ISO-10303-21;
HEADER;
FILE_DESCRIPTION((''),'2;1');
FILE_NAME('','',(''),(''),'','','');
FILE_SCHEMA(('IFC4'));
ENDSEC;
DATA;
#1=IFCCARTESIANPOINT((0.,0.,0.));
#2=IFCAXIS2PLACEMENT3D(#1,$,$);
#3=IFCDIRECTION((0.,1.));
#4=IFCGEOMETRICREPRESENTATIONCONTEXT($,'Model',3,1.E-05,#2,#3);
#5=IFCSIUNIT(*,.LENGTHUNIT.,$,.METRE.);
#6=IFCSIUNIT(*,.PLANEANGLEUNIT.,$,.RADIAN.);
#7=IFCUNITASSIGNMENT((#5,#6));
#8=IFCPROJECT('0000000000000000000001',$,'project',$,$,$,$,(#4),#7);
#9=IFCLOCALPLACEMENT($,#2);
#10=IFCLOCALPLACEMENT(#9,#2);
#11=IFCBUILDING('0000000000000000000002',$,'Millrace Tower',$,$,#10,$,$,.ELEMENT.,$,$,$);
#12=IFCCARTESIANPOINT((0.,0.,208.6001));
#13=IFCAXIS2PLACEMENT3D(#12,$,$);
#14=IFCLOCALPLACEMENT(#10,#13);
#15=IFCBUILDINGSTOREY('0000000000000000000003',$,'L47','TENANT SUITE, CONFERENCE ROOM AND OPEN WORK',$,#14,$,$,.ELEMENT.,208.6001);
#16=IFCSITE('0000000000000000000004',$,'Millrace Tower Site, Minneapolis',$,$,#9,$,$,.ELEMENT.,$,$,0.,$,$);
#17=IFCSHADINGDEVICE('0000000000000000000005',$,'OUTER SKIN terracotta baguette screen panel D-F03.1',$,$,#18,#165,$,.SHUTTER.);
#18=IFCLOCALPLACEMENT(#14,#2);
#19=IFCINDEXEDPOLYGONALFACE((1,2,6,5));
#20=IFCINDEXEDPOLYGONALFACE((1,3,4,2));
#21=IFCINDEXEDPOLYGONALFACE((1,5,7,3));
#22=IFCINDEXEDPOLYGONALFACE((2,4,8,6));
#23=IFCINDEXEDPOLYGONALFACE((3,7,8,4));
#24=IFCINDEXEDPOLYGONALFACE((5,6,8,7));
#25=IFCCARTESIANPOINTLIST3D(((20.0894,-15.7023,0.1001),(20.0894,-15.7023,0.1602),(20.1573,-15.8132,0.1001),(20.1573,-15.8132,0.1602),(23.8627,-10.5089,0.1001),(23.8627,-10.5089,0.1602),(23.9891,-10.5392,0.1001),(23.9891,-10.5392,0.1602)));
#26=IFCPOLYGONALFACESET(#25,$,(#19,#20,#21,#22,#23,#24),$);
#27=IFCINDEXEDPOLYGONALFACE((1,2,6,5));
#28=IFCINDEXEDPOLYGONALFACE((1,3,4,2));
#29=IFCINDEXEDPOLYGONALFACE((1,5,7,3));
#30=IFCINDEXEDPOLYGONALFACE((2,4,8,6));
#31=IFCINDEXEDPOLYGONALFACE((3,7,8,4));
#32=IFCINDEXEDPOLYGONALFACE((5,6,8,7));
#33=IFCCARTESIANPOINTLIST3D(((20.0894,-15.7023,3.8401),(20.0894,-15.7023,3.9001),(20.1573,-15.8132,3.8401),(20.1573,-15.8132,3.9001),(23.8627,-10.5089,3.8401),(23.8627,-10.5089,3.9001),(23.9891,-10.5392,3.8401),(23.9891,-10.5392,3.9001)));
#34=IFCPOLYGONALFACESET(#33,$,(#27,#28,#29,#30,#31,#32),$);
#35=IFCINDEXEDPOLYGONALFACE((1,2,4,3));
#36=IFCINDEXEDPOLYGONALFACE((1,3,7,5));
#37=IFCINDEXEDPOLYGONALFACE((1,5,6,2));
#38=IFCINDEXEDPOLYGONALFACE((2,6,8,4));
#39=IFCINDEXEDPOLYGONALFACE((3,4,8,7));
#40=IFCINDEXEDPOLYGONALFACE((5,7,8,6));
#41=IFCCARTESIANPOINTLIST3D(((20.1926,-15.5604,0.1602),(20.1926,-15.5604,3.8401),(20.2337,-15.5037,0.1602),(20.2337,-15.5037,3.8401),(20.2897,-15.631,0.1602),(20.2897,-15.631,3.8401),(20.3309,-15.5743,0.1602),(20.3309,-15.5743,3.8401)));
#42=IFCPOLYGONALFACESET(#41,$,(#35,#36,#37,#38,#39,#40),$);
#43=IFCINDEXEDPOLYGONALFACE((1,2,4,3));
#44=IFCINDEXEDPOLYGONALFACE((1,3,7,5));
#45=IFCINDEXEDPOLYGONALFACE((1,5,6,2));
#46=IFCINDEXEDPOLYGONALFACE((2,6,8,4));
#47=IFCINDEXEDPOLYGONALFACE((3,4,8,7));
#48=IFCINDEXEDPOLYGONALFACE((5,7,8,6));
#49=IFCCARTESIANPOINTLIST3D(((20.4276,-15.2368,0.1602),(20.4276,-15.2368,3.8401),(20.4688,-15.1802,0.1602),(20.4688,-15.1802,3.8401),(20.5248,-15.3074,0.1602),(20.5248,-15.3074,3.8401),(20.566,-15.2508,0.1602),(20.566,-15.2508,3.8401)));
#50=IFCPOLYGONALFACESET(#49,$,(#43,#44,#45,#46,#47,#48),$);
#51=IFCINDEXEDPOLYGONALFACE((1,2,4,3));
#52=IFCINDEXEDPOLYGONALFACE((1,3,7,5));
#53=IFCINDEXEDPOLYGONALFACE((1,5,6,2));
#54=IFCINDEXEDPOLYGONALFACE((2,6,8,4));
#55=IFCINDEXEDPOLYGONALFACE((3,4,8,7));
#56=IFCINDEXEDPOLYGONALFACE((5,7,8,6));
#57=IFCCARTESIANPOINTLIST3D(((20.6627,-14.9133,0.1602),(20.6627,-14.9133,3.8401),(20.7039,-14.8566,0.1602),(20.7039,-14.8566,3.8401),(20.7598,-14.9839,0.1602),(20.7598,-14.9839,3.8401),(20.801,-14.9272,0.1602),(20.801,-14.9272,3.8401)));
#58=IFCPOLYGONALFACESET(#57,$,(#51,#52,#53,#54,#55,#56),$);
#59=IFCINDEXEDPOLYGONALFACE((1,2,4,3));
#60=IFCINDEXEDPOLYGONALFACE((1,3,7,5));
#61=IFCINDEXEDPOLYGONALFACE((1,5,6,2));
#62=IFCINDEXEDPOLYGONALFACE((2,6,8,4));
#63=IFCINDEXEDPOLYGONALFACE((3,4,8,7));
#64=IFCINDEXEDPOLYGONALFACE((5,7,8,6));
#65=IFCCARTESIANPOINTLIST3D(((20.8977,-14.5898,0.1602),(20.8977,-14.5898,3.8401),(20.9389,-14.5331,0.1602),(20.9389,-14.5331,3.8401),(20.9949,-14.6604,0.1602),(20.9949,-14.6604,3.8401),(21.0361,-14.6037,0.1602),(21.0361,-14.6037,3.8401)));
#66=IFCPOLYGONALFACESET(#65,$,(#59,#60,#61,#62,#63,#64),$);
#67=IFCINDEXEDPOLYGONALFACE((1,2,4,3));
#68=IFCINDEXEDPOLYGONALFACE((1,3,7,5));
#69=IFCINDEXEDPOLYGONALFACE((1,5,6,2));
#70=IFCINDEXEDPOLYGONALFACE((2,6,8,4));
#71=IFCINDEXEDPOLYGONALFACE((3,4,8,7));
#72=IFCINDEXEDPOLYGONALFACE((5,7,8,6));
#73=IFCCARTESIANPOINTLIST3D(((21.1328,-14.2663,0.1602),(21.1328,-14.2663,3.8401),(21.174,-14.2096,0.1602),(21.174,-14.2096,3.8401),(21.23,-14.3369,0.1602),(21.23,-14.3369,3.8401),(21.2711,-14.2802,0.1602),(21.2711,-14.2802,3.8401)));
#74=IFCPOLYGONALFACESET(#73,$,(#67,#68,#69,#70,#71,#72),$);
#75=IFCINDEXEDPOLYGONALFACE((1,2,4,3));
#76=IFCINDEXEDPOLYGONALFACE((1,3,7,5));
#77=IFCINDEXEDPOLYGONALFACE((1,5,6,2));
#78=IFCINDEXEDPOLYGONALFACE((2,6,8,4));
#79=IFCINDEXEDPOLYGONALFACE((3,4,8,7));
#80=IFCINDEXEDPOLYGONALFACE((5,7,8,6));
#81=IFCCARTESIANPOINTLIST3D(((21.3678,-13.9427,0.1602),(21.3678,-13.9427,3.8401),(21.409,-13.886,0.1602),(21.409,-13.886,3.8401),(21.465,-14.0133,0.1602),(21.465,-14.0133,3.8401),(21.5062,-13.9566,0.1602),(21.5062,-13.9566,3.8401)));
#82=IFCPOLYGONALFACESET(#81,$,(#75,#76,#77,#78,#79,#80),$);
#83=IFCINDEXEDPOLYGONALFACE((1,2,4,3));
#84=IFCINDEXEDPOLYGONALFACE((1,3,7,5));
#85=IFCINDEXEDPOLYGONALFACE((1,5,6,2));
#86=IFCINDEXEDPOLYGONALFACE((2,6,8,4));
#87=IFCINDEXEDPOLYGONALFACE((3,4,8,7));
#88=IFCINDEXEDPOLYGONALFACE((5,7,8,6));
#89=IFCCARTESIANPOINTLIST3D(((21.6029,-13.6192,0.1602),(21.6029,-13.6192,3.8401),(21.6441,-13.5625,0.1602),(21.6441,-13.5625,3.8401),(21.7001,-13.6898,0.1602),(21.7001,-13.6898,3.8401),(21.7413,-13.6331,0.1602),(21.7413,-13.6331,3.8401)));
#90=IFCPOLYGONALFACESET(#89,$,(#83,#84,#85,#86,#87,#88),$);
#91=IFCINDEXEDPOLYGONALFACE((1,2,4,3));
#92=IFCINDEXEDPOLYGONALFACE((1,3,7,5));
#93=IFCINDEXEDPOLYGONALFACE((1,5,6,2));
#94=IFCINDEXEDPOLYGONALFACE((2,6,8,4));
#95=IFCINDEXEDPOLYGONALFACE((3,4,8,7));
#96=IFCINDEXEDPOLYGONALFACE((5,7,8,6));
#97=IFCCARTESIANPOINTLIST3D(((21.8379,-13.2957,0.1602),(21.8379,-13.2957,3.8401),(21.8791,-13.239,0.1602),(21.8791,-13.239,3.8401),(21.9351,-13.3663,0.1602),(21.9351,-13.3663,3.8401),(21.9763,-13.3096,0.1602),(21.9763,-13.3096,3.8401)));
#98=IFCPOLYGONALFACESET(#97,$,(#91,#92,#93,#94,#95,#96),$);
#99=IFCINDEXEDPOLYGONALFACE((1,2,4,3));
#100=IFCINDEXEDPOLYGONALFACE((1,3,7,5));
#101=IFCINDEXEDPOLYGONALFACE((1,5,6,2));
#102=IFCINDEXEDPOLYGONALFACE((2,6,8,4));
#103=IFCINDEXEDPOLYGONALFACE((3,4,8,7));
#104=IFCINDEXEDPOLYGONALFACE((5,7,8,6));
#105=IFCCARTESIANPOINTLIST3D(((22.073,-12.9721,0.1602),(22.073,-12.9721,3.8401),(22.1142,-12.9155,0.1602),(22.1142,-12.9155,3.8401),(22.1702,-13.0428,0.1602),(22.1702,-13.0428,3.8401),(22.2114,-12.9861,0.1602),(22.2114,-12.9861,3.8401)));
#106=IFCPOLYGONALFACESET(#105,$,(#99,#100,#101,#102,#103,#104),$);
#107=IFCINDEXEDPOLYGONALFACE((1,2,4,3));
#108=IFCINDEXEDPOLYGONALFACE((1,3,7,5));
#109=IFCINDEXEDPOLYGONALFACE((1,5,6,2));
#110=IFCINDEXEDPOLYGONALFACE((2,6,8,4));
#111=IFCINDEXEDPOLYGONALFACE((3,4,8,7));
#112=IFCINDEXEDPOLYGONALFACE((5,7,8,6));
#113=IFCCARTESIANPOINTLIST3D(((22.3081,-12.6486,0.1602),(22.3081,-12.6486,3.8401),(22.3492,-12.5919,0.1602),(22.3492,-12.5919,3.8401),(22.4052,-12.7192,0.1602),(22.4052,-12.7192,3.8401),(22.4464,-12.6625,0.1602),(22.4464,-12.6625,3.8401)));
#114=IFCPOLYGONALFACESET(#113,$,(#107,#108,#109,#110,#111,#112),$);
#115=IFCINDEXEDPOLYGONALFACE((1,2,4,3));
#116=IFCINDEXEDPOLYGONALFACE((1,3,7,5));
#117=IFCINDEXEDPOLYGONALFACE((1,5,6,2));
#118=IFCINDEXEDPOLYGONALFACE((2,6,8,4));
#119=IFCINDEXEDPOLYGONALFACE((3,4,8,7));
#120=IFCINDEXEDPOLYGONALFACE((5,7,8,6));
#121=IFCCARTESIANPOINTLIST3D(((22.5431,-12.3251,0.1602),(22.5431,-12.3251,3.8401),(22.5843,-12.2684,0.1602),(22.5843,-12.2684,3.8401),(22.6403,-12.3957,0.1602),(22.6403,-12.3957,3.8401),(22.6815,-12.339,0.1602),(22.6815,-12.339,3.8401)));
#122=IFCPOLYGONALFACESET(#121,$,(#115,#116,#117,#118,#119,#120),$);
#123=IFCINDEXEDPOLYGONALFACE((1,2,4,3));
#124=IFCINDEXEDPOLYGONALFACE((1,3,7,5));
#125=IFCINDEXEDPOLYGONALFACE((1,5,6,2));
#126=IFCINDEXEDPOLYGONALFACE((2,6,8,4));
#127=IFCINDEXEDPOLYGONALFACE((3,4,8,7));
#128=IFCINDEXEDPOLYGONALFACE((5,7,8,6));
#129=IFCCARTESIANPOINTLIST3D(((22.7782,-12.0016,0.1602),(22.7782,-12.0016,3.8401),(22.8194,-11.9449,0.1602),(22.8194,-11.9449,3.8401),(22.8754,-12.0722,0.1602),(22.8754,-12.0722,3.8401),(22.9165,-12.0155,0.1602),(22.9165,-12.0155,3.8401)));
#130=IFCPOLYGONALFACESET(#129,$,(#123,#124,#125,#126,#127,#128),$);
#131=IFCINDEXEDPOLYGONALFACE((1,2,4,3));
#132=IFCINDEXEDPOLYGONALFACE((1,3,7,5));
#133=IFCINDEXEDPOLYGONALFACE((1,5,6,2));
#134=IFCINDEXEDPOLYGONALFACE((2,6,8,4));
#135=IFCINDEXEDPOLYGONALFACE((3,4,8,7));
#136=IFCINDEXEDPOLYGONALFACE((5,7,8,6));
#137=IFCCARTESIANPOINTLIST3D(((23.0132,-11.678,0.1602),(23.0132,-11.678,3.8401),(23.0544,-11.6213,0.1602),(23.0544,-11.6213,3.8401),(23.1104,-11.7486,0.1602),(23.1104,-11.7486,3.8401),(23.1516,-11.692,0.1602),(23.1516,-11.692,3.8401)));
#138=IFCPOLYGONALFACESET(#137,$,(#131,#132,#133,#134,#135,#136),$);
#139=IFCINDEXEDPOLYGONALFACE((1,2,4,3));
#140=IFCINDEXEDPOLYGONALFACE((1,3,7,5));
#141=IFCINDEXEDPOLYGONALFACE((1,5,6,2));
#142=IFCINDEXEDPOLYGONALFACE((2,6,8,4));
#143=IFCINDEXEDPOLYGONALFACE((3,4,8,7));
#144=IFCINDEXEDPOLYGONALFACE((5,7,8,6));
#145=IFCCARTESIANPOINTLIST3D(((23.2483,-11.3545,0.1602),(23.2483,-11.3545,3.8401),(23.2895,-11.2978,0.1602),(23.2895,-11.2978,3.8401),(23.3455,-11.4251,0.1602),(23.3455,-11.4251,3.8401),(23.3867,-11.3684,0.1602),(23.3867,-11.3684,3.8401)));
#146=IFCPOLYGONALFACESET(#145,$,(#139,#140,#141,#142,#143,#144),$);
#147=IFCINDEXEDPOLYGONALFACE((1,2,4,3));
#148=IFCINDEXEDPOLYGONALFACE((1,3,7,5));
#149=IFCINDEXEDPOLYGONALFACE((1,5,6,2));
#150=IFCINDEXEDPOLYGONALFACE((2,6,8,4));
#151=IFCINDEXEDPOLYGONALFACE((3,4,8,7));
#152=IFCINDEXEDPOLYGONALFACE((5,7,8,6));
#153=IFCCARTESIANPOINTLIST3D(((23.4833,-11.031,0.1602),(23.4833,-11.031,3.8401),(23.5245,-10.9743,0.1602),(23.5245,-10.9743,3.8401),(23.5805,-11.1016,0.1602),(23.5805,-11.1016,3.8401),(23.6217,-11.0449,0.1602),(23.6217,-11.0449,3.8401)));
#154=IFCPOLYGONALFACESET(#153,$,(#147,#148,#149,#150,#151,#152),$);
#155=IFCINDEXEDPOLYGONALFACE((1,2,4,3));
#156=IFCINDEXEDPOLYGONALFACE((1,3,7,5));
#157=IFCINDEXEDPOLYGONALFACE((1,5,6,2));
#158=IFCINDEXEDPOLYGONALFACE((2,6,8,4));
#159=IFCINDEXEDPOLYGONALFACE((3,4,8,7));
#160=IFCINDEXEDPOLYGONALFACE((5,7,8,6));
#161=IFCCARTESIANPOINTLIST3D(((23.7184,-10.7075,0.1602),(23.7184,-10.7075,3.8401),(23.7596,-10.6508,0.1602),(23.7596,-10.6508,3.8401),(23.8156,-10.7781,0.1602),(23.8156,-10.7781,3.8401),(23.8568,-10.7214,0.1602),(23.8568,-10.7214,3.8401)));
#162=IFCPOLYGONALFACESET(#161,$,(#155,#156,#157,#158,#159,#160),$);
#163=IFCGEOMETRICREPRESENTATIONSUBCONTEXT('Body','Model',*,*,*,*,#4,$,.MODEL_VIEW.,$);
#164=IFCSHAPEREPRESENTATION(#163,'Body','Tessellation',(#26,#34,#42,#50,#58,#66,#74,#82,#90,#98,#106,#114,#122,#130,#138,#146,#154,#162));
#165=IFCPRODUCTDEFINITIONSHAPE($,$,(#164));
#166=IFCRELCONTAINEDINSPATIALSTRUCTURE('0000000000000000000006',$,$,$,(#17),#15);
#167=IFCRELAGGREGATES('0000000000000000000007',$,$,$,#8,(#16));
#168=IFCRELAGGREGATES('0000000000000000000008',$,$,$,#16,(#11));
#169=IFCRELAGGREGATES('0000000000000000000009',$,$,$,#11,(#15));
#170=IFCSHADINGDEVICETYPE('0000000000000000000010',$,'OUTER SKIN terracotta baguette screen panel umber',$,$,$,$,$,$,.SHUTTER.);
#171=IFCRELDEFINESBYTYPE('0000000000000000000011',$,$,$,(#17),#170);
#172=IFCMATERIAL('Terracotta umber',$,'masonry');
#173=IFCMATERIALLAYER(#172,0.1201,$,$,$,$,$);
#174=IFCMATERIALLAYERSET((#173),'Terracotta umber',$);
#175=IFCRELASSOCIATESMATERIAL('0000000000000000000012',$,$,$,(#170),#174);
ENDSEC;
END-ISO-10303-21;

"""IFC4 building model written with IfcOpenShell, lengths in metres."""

from ifc_helpers import new_model, entity, si_unit, direction, frame, frame_2d, origin, place, context, subcontext, project, spatial, rectangle, extrude, source, transform, mapped, material, layer, layer_set, type_object, element, save


model = new_model("IFC4")

# Units and contexts
model_context = context("Model", 3, precision=1e-05, world=origin(), true_north=direction((0.0, 1.0)))
body_context = subcontext(model_context, "Body", "Model", "MODEL_VIEW")
ifc_project = project(units=[si_unit("LENGTHUNIT", "METRE"), si_unit("PLANEANGLEUNIT", "RADIAN")], contexts=[model_context])

# Site, building, storey
site_placement = place(None, origin())
site = spatial("IfcSite", under=ifc_project, at=site_placement, Name="Millrace Tower Site, Minneapolis", CompositionType="ELEMENT", RefElevation=0.0)
building_placement = place(site_placement, origin())
building = spatial("IfcBuilding", under=site, at=building_placement, Name="Millrace Tower", CompositionType="ELEMENT")
storey_placement = place(building_placement, frame((0.0, 0.0, 208.6001)))
storey = spatial("IfcBuildingStorey", under=building, at=storey_placement, Name="L47", Description="TENANT SUITE, CONFERENCE ROOM AND OPEN WORK", CompositionType="ELEMENT", Elevation=208.6001)

# Shading device
ifc_material_1 = material(Name="Terracotta umber", Category="masonry")
ifc_layer_1 = layer(ifc_material_1, 0.1201)
ifc_layer_set_1 = layer_set([ifc_layer_1], Name="Terracotta umber")
shading_device_type = type_object("IfcShadingDeviceType", Name="OUTER SKIN terracotta baguette screen panel umber", PredefinedType="SHUTTER", material=ifc_layer_set_1)
cartesian_point_1 = entity("IfcCartesianPoint", [-3.2097, 0.0601])
shared_polyline_1 = entity("IfcPolyline", [cartesian_point_1, entity("IfcCartesianPoint", [3.2097, 0.0601]), entity("IfcCartesianPoint", [3.2595, -0.0601]), entity("IfcCartesianPoint", [-3.2595, -0.0601]), cartesian_point_1])
shared_shape_1 = source(origin(), body_context, "Body", "SweptSolid", [
    entity("IfcExtrudedAreaSolid", entity("IfcArbitraryClosedProfileDef", "AREA", None, shared_polyline_1), entity("IfcAxis2Placement3D", entity("IfcCartesianPoint", [0.0, 0.0, 0.0])), entity("IfcDirection", [0.0, 0.0, 1.0]), 0.0601),
    entity("IfcExtrudedAreaSolid", entity("IfcArbitraryClosedProfileDef", "AREA", None, shared_polyline_1), entity("IfcAxis2Placement3D", entity("IfcCartesianPoint", [0.0, 0.0, 3.74])), entity("IfcDirection", [0.0, 0.0, 1.0]), 0.0601),
    extrude(rectangle(XDim=0.0701, YDim=0.1201, at=frame_2d((-2.9993, 0.0))), frame((0.0, 0.0, 0.0601)), (0.0, 0.0, 1.0), 3.6799),
    extrude(rectangle(XDim=0.0701, YDim=0.1201, at=frame_2d((-2.5994, 0.0))), frame((0.0, 0.0, 0.0601)), (0.0, 0.0, 1.0), 3.6799),
    extrude(rectangle(XDim=0.0701, YDim=0.1201, at=frame_2d((-2.1995, 0.0))), frame((0.0, 0.0, 0.0601)), (0.0, 0.0, 1.0), 3.6799),
    extrude(rectangle(XDim=0.0701, YDim=0.1201, at=frame_2d((-1.7996, 0.0))), frame((0.0, 0.0, 0.0601)), (0.0, 0.0, 1.0), 3.6799),
    extrude(rectangle(XDim=0.0701, YDim=0.1201, at=frame_2d((-1.3997, 0.0))), frame((0.0, 0.0, 0.0601)), (0.0, 0.0, 1.0), 3.6799),
    extrude(rectangle(XDim=0.0701, YDim=0.1201, at=frame_2d((-0.9998, 0.0))), frame((0.0, 0.0, 0.0601)), (0.0, 0.0, 1.0), 3.6799),
    extrude(rectangle(XDim=0.0701, YDim=0.1201, at=frame_2d((-0.5999, 0.0))), frame((0.0, 0.0, 0.0601)), (0.0, 0.0, 1.0), 3.6799),
    extrude(rectangle(XDim=0.0701, YDim=0.1201, at=frame_2d((-0.2, 0.0))), frame((0.0, 0.0, 0.0601)), (0.0, 0.0, 1.0), 3.6799),
    extrude(rectangle(XDim=0.0701, YDim=0.1201, at=frame_2d((0.2, 0.0))), frame((0.0, 0.0, 0.0601)), (0.0, 0.0, 1.0), 3.6799),
    extrude(rectangle(XDim=0.0701, YDim=0.1201, at=frame_2d((0.5999, 0.0))), frame((0.0, 0.0, 0.0601)), (0.0, 0.0, 1.0), 3.6799),
    extrude(rectangle(XDim=0.0701, YDim=0.1201, at=frame_2d((0.9998, 0.0))), frame((0.0, 0.0, 0.0601)), (0.0, 0.0, 1.0), 3.6799),
    extrude(rectangle(XDim=0.0701, YDim=0.1201, at=frame_2d((1.3997, 0.0))), frame((0.0, 0.0, 0.0601)), (0.0, 0.0, 1.0), 3.6799),
    extrude(rectangle(XDim=0.0701, YDim=0.1201, at=frame_2d((1.7996, 0.0))), frame((0.0, 0.0, 0.0601)), (0.0, 0.0, 1.0), 3.6799),
    extrude(rectangle(XDim=0.0701, YDim=0.1201, at=frame_2d((2.1995, 0.0))), frame((0.0, 0.0, 0.0601)), (0.0, 0.0, 1.0), 3.6799),
    extrude(rectangle(XDim=0.0701, YDim=0.1201, at=frame_2d((2.5994, 0.0))), frame((0.0, 0.0, 0.0601)), (0.0, 0.0, 1.0), 3.6799),
    extrude(rectangle(XDim=0.0701, YDim=0.1201, at=frame_2d((2.9993, 0.0))), frame((0.0, 0.0, 0.0601)), (0.0, 0.0, 1.0), 3.6799),
])
shading_device_1_placement = place(storey_placement, frame((22.0247, -13.1409, 0.1001), z_axis=(0.0, 0.0, 1.0), x_axis=(0.587785, 0.809017, 0.0)))
element("IfcShadingDevice", 1, at=shading_device_1_placement, inside=storey, type_object=shading_device_type, Name="OUTER SKIN terracotta baguette screen panel D-F03.1", PredefinedType="SHUTTER", context=body_context, shape_type="MappedRepresentation", body=[
    mapped(shared_shape_1, transform((0.0, 0.0, 0.0), scale=1.0)),
])

save(model, "model.ifc")
